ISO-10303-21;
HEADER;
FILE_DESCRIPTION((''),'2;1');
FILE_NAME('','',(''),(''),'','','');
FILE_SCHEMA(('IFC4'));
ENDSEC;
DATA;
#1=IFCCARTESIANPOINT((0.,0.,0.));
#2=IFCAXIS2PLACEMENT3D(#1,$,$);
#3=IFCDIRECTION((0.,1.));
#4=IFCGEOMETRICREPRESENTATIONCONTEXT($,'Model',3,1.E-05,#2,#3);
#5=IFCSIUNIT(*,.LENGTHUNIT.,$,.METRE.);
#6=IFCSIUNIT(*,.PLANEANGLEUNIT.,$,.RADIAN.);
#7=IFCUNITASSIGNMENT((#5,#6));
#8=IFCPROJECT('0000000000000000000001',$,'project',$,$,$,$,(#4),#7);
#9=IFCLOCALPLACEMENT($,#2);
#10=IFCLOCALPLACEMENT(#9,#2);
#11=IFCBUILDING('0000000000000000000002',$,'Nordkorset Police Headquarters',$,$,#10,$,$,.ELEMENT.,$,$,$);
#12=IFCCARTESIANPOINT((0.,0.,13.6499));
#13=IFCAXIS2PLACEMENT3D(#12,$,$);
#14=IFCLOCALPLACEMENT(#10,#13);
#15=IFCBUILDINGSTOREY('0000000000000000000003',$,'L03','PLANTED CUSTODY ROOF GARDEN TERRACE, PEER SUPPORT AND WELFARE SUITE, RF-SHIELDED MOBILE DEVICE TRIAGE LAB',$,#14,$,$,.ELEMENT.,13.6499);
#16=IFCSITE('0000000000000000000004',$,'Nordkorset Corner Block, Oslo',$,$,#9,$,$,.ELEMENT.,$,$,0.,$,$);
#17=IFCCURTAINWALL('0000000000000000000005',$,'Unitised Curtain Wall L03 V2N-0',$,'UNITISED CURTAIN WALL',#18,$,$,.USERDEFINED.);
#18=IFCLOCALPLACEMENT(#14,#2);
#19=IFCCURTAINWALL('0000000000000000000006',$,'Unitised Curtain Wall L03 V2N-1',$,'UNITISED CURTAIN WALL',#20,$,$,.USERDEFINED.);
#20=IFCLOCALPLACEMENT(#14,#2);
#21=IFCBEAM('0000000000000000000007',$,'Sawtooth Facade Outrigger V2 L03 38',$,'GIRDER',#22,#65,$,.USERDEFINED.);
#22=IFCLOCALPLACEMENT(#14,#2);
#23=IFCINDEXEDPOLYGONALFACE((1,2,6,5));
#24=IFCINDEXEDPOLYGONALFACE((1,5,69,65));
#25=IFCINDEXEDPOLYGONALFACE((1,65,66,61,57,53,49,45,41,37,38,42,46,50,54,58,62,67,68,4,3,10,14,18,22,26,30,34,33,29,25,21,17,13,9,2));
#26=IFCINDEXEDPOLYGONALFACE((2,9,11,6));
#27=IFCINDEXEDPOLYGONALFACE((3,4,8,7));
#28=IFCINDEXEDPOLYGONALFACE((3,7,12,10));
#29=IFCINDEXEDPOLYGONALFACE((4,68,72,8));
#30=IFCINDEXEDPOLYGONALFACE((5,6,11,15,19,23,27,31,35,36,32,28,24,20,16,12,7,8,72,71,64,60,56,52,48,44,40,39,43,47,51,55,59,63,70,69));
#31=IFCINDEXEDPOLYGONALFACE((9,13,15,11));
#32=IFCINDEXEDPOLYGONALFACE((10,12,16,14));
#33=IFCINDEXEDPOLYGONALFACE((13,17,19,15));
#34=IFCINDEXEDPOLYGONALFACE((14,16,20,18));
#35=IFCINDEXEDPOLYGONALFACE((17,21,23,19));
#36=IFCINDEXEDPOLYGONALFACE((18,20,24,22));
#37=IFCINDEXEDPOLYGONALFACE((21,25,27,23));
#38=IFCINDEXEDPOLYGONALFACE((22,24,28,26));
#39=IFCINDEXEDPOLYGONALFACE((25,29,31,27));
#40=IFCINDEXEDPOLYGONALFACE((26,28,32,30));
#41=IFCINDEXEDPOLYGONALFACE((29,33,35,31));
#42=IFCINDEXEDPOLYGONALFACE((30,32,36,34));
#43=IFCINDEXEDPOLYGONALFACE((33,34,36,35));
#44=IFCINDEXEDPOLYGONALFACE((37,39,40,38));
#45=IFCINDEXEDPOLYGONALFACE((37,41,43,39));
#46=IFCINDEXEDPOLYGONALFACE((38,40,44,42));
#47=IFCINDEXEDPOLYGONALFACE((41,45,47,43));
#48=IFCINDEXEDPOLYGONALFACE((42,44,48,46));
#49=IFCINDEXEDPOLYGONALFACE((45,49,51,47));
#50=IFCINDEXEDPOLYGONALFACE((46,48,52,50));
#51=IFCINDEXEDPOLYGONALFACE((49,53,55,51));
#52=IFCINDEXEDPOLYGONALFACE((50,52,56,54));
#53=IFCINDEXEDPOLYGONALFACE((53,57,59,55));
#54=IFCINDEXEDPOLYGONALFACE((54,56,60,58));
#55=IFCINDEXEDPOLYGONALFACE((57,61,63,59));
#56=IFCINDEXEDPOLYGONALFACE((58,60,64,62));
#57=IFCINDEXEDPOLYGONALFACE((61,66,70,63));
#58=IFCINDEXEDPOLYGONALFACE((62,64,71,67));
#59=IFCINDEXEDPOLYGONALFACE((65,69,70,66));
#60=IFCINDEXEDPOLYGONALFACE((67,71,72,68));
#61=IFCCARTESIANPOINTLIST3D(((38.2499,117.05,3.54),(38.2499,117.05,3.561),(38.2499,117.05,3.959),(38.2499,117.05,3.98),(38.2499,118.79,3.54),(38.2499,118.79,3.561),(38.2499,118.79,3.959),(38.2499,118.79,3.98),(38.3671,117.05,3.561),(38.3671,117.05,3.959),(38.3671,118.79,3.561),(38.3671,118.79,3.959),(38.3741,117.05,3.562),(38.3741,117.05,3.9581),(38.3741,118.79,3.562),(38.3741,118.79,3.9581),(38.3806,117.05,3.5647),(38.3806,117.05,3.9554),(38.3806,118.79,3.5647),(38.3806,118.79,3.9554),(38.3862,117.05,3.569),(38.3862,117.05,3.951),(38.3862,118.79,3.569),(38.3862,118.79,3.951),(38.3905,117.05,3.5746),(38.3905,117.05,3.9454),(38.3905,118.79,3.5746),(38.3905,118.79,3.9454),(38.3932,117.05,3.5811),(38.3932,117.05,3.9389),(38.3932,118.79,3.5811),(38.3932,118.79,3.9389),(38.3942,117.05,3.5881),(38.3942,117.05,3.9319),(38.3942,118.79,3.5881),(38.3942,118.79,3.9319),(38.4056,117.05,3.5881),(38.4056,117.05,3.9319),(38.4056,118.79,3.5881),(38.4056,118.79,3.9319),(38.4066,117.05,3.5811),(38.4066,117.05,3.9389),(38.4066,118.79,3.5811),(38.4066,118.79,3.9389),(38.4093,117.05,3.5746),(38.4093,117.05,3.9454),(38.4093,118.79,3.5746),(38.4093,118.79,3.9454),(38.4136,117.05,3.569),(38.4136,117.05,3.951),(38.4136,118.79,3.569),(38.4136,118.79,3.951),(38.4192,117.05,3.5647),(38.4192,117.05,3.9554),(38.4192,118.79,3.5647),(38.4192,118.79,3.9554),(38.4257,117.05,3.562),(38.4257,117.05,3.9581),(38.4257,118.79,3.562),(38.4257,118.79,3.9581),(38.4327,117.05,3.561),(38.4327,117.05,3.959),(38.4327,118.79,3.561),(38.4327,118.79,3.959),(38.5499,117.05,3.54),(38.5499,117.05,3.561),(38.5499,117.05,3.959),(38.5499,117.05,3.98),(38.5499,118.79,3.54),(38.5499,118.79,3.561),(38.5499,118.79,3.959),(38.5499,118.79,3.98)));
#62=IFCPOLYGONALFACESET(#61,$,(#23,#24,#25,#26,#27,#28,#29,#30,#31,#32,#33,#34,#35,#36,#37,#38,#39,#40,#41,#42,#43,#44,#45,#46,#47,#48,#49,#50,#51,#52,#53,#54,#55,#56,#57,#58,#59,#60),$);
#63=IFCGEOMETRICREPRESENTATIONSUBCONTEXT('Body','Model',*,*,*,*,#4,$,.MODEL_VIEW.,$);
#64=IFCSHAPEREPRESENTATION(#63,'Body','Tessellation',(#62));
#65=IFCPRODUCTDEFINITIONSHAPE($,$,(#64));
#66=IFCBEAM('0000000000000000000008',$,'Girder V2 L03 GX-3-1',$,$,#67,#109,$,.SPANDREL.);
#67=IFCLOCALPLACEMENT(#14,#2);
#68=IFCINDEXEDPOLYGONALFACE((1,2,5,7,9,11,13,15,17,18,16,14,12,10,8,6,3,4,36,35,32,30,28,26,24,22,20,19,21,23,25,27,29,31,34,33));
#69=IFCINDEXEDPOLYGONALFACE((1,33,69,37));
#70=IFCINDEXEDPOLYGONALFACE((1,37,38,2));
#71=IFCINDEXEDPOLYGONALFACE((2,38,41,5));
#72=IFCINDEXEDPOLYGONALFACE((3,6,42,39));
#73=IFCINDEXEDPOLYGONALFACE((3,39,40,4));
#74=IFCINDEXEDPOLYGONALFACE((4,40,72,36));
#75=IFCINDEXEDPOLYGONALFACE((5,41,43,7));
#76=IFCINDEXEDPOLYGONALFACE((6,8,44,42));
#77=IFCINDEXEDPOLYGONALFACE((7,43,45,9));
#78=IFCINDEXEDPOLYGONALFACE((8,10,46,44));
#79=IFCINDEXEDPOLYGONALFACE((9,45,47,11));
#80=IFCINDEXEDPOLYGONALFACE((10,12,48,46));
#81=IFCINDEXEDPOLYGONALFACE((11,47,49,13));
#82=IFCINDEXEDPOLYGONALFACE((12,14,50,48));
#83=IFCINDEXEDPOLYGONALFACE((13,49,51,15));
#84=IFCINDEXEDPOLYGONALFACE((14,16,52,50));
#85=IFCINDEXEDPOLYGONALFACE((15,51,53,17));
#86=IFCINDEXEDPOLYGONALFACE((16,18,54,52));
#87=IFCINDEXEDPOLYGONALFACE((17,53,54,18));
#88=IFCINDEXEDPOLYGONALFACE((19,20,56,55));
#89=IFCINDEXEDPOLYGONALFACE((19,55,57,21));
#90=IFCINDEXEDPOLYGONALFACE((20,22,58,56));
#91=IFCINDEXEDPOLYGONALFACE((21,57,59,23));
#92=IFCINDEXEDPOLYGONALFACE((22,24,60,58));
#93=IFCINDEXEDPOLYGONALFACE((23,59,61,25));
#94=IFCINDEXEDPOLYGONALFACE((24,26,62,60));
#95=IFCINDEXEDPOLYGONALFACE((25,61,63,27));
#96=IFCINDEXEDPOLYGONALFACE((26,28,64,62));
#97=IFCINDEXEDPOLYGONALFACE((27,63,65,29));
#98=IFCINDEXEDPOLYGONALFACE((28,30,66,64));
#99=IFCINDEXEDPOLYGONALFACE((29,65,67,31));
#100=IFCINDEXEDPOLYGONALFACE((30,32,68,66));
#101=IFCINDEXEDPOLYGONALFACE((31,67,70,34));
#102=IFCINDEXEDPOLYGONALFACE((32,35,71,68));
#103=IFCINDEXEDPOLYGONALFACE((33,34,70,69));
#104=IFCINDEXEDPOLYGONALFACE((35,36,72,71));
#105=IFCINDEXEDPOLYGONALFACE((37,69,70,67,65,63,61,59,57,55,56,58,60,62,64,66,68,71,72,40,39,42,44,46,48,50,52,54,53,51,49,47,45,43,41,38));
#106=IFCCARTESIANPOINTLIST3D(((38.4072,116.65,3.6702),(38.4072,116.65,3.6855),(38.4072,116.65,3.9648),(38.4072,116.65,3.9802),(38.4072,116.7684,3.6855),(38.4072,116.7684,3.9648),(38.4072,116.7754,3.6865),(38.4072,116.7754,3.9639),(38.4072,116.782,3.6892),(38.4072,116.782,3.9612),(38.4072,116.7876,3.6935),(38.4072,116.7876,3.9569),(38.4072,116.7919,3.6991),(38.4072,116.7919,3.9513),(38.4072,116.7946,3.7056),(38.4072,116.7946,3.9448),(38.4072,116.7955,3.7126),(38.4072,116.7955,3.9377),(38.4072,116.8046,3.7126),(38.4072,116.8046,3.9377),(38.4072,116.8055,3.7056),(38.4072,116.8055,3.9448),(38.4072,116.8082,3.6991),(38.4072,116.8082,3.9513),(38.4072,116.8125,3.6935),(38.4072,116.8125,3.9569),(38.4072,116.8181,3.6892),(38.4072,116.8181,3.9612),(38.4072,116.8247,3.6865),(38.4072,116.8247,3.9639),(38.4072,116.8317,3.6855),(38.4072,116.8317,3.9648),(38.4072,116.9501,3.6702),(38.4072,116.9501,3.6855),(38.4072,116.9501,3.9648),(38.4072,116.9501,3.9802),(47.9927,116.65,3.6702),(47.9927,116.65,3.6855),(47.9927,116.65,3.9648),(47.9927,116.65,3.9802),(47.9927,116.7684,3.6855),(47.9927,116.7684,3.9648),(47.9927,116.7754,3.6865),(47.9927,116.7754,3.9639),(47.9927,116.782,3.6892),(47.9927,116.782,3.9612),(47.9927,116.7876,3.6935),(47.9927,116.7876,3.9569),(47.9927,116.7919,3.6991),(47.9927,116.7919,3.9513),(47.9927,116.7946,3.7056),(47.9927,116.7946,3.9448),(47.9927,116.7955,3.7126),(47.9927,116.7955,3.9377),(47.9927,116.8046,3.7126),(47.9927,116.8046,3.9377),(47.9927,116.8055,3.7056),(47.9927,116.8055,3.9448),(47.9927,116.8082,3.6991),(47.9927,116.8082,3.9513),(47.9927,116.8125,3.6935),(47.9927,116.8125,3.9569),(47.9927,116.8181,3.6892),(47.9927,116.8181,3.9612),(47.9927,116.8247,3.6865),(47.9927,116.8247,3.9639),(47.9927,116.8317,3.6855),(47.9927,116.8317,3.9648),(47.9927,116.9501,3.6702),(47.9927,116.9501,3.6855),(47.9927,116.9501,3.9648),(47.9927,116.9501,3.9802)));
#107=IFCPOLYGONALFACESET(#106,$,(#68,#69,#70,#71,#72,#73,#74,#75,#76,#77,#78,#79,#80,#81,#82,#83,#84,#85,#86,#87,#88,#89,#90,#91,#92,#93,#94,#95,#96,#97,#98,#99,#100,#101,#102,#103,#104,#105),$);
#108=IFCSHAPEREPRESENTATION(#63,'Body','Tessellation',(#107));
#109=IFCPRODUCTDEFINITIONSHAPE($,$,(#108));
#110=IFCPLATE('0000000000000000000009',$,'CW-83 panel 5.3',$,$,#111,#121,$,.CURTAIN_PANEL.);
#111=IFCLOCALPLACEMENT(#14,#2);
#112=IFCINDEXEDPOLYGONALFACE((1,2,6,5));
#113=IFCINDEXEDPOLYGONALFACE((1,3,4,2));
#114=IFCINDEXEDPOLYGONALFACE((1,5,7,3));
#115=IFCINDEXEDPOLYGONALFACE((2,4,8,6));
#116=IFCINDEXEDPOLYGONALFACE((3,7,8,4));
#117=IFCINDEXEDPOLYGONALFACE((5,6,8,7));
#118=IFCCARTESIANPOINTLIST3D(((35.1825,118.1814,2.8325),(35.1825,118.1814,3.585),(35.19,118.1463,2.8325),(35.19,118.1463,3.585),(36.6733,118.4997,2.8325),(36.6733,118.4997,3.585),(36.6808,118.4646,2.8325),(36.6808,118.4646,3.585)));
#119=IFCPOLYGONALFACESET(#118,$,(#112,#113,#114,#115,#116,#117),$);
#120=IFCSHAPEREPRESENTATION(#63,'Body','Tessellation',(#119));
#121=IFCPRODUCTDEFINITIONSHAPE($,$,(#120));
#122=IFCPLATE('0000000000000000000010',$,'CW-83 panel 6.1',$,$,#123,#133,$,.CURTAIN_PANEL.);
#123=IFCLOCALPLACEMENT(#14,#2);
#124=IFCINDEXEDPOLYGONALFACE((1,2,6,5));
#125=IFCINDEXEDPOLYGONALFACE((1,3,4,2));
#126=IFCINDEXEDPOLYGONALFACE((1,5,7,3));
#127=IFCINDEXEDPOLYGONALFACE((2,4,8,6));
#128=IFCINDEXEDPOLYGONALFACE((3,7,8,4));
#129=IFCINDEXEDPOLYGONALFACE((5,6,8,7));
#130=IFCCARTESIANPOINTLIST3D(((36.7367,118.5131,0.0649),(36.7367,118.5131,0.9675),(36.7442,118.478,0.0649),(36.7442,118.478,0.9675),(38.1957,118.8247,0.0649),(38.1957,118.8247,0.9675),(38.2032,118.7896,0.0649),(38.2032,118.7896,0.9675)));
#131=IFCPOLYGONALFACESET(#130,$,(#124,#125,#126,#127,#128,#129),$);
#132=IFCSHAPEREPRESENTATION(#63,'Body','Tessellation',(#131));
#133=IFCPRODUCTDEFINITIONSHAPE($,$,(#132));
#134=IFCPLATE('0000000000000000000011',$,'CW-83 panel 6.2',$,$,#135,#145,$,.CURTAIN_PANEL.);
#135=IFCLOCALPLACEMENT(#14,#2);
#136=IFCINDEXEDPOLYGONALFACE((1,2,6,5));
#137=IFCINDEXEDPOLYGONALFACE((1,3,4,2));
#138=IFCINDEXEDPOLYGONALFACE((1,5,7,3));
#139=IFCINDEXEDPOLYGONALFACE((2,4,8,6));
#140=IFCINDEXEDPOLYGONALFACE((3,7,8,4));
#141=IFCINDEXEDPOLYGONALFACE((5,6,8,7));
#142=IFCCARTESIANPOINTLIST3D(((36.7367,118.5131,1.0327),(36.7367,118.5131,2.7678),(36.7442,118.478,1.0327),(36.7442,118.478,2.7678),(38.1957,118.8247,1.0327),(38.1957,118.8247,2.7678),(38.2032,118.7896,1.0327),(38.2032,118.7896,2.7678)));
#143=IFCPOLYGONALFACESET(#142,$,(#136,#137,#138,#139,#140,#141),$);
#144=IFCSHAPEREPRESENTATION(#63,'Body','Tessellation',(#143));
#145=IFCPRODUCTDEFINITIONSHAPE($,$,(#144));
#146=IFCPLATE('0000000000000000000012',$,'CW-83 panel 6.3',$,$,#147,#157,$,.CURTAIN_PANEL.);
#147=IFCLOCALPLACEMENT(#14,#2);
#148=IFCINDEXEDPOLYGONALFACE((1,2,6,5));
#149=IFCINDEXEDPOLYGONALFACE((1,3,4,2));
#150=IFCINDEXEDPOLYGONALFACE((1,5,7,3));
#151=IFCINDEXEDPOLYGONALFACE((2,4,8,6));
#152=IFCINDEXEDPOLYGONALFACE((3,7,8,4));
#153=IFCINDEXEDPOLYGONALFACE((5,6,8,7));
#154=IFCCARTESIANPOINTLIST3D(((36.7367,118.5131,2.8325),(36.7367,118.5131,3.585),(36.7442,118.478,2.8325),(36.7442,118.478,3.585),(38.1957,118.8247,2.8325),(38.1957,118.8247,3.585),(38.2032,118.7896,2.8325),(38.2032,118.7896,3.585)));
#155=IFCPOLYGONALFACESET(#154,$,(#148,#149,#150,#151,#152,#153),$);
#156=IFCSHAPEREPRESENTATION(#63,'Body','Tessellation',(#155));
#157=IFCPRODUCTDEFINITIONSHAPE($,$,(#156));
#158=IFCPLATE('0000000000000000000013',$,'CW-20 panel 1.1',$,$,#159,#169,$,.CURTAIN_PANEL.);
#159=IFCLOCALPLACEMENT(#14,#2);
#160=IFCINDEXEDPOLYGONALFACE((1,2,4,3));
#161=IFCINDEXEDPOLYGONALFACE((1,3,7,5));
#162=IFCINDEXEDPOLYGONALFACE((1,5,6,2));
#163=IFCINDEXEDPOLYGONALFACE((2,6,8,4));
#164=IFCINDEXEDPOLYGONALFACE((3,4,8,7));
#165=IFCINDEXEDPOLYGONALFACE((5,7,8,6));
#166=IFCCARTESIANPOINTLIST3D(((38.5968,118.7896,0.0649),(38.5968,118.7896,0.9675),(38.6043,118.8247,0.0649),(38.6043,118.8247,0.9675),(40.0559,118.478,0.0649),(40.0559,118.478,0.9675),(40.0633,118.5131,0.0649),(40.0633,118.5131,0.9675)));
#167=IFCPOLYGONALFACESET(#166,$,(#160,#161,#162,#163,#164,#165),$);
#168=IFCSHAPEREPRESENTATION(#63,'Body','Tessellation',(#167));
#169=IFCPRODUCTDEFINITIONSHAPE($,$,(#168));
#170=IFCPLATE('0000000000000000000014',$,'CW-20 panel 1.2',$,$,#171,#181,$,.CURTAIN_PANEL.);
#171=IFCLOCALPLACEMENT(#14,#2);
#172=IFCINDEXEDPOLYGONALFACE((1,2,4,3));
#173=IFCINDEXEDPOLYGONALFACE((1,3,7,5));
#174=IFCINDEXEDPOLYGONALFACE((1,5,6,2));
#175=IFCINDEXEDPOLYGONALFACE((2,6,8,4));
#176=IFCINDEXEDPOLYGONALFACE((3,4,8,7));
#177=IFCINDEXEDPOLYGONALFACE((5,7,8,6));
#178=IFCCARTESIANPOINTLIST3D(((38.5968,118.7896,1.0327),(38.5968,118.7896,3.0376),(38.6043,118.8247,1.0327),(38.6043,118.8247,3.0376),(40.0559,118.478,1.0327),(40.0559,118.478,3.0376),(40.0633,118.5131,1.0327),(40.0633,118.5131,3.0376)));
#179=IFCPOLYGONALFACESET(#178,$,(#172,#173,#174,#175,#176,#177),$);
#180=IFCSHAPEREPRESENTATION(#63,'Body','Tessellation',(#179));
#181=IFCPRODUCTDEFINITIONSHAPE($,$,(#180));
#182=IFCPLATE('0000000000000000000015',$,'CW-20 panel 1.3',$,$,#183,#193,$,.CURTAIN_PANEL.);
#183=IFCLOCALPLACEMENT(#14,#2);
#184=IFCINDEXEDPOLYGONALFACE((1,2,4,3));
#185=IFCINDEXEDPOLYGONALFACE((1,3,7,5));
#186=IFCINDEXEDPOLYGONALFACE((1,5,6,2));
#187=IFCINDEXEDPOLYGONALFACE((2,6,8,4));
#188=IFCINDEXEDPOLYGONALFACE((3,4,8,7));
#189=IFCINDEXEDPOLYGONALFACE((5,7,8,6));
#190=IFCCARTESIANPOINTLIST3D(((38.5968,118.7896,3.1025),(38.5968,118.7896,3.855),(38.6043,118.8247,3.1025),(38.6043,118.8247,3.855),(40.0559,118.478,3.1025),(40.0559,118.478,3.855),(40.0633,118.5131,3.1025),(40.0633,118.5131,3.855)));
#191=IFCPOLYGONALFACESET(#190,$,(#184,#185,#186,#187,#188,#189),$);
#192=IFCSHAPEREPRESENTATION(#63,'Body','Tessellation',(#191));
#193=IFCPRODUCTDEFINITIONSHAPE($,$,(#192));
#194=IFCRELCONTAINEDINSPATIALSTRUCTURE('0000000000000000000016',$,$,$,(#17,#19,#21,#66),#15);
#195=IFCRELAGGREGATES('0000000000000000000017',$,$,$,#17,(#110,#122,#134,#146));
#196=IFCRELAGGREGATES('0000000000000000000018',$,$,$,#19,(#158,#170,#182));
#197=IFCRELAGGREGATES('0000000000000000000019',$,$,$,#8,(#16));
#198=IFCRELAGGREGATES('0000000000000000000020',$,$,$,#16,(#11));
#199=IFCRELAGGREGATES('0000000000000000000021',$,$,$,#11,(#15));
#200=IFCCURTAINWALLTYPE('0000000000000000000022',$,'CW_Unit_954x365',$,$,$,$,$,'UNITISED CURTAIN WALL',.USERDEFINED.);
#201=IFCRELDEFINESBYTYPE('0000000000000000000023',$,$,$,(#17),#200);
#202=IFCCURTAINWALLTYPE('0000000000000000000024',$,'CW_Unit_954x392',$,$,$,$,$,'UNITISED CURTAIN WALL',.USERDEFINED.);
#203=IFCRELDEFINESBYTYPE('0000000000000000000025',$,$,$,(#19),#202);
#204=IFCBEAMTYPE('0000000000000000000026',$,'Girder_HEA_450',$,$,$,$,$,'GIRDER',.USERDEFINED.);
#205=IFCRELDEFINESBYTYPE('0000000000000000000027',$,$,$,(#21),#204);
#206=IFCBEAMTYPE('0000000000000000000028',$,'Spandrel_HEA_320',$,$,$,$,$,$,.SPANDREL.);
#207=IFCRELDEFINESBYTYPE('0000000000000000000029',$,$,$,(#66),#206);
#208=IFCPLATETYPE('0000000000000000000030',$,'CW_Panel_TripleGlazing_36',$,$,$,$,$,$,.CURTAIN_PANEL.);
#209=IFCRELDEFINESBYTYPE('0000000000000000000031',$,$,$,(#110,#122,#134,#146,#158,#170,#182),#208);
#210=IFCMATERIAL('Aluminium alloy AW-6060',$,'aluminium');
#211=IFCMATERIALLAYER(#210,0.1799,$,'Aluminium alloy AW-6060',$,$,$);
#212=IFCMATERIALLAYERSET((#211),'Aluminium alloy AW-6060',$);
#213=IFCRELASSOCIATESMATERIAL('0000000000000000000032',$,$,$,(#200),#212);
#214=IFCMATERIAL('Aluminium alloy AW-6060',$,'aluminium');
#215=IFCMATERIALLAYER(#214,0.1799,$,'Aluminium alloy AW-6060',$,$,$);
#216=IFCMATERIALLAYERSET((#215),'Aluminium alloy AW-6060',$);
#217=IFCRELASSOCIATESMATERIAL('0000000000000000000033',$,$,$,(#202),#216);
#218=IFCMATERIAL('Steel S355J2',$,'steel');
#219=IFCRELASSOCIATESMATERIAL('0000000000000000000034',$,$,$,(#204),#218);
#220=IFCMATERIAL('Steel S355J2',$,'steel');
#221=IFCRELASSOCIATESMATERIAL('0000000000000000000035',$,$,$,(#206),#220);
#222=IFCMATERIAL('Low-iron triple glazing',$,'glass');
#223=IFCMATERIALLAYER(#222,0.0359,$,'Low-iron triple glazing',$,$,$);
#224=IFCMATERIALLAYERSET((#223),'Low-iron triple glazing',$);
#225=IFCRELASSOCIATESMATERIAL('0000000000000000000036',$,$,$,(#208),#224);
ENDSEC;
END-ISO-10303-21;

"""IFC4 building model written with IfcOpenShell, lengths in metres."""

from ifc_helpers import new_model, si_unit, direction, frame, origin, origin_2d, place, context, subcontext, project, spatial, rectangle, i_section, extrude, material, layer, layer_set, material_profile, profile_set, type_object, element, aggregate, save


model = new_model("IFC4")

# Units and contexts
model_context = context("Model", 3, precision=1e-05, world=origin(), true_north=direction((0.0, 1.0)))
body_context = subcontext(model_context, "Body", "Model", "MODEL_VIEW")
ifc_project = project(units=[si_unit("LENGTHUNIT", "METRE"), si_unit("PLANEANGLEUNIT", "RADIAN")], contexts=[model_context])

# Site, building, storey
site_placement = place(None, origin())
site = spatial("IfcSite", under=ifc_project, at=site_placement, Name="Nordkorset Corner Block, Oslo", CompositionType="ELEMENT", RefElevation=0.0)
building_placement = place(site_placement, origin())
building = spatial("IfcBuilding", under=site, at=building_placement, Name="Nordkorset Police Headquarters", CompositionType="ELEMENT")
storey_placement = place(building_placement, frame((0.0, 0.0, 13.6499)))
storey = spatial("IfcBuildingStorey", under=building, at=storey_placement, Name="L03", Description="PLANTED CUSTODY ROOF GARDEN TERRACE, PEER SUPPORT AND WELFARE SUITE, RF-SHIELDED MOBILE DEVICE TRIAGE LAB", CompositionType="ELEMENT", Elevation=13.6499)

# Curtain walls
ifc_material_1 = material(Name="Aluminium alloy AW-6060", Category="aluminium")
ifc_layer_1 = layer(ifc_material_1, 0.1799, Name="Aluminium alloy AW-6060")
ifc_layer_set_1 = layer_set([ifc_layer_1], Name="Aluminium alloy AW-6060")
curtain_wall_type_1 = type_object("IfcCurtainWallType", Name="CW_Unit_954x365", ElementType="UNITISED CURTAIN WALL", PredefinedType="USERDEFINED", material=ifc_layer_set_1)
curtain_wall_1_placement = place(storey_placement, origin())
curtain_wall_1 = element("IfcCurtainWall", 1, at=curtain_wall_1_placement, inside=storey, type_object=curtain_wall_type_1, Name="Unitised Curtain Wall L03 V2N-0", ObjectType="UNITISED CURTAIN WALL", PredefinedType="USERDEFINED")
ifc_material_2 = material(Name="Aluminium alloy AW-6060", Category="aluminium")
ifc_layer_2 = layer(ifc_material_2, 0.1799, Name="Aluminium alloy AW-6060")
ifc_layer_set_2 = layer_set([ifc_layer_2], Name="Aluminium alloy AW-6060")
curtain_wall_type_2 = type_object("IfcCurtainWallType", Name="CW_Unit_954x392", ElementType="UNITISED CURTAIN WALL", PredefinedType="USERDEFINED", material=ifc_layer_set_2)
curtain_wall_2_placement = place(storey_placement, origin())
curtain_wall_2 = element("IfcCurtainWall", 2, at=curtain_wall_2_placement, inside=storey, type_object=curtain_wall_type_2, Name="Unitised Curtain Wall L03 V2N-1", ObjectType="UNITISED CURTAIN WALL", PredefinedType="USERDEFINED")

# Beams
ifc_material_3 = material(Name="Steel S355J2", Category="steel")
ifc_material_profile_1 = material_profile(ifc_material_3, i_section(OverallWidth=0.3, OverallDepth=0.4399, WebThickness=0.0115, FlangeThickness=0.021, FilletRadius=0.0271, at=origin_2d()), Name="HEA 450")
ifc_profile_set_1 = profile_set([ifc_material_profile_1], Name="Steel S355J2")
beam_type_1 = type_object("IfcBeamType", Name="Girder_HEA_450", ElementType="GIRDER", PredefinedType="USERDEFINED", material=ifc_profile_set_1)
beam_1_placement = place(storey_placement, frame((38.3999, 117.05, 3.76), z_axis=(0.0, 1.0, 0.0), x_axis=(-1.0, 0.0, 0.0)))
element("IfcBeam", 3, at=beam_1_placement, inside=storey, type_object=beam_type_1, Name="Sawtooth Facade Outrigger V2 L03 38", ObjectType="GIRDER", PredefinedType="USERDEFINED", context=body_context, shape_type="SweptSolid", body=[
    extrude(i_section(OverallWidth=0.3, OverallDepth=0.4399, WebThickness=0.0115, FlangeThickness=0.021, FilletRadius=0.0271, at=origin_2d()), origin(), (0.0, 0.0, 1.0), 1.74),
])
ifc_material_4 = material(Name="Steel S355J2", Category="steel")
ifc_material_profile_2 = material_profile(ifc_material_4, i_section(OverallWidth=0.3, OverallDepth=0.3101, WebThickness=0.009, FlangeThickness=0.0154, FilletRadius=0.0271, at=origin_2d()), Name="HEA 320")
ifc_profile_set_2 = profile_set([ifc_material_profile_2], Name="Steel S355J2")
beam_type_2 = type_object("IfcBeamType", Name="Spandrel_HEA_320", PredefinedType="SPANDREL", material=ifc_profile_set_2)
beam_2_placement = place(storey_placement, frame((38.4072, 116.8, 3.8252), z_axis=(1.0, 0.0, 0.0), x_axis=(0.0, 1.0, 0.0)))
element("IfcBeam", 4, at=beam_2_placement, inside=storey, type_object=beam_type_2, Name="Girder V2 L03 GX-3-1", PredefinedType="SPANDREL", context=body_context, shape_type="SweptSolid", body=[
    extrude(i_section(OverallWidth=0.3, OverallDepth=0.3101, WebThickness=0.009, FlangeThickness=0.0154, FilletRadius=0.0271, at=origin_2d()), origin(), (0.0, 0.0, 1.0), 9.5854),
])

# Plates
ifc_material_5 = material(Name="Low-iron triple glazing", Category="glass")
ifc_layer_3 = layer(ifc_material_5, 0.0359, Name="Low-iron triple glazing")
ifc_layer_set_3 = layer_set([ifc_layer_3], Name="Low-iron triple glazing")
plate_type = type_object("IfcPlateType", Name="CW_Panel_TripleGlazing_36", PredefinedType="CURTAIN_PANEL", material=ifc_layer_set_3)
plate_1_placement = place(storey_placement, frame((35.9316, 118.323, 2.8325), z_axis=(0.0, 0.0, 1.0), x_axis=(0.977951, 0.208833, 0.0)))
plate_1 = element("IfcPlate", 5, at=plate_1_placement, type_object=plate_type, Name="CW-83 panel 5.3", PredefinedType="CURTAIN_PANEL", context=body_context, shape_type="SweptSolid", body=[
    extrude(rectangle(XDim=1.5244, YDim=0.0359, at=origin_2d()), origin(), (0.0, 0.0, 1.0), 0.7524),
])
plate_2_placement = place(storey_placement, frame((37.47, 118.6514, 0.0649), z_axis=(0.0, 0.0, 1.0), x_axis=(0.977951, 0.208833, 0.0)))
plate_2 = element("IfcPlate", 6, at=plate_2_placement, type_object=plate_type, Name="CW-83 panel 6.1", PredefinedType="CURTAIN_PANEL", context=body_context, shape_type="SweptSolid", body=[
    extrude(rectangle(XDim=1.4919, YDim=0.0359, at=origin_2d()), origin(), (0.0, 0.0, 1.0), 0.9026),
])
plate_3_placement = place(storey_placement, frame((37.47, 118.6514, 1.0327), z_axis=(0.0, 0.0, 1.0), x_axis=(0.977951, 0.208833, 0.0)))
plate_3 = element("IfcPlate", 7, at=plate_3_placement, type_object=plate_type, Name="CW-83 panel 6.2", PredefinedType="CURTAIN_PANEL", context=body_context, shape_type="SweptSolid", body=[
    extrude(rectangle(XDim=1.4919, YDim=0.0359, at=origin_2d()), origin(), (0.0, 0.0, 1.0), 1.7351),
])
plate_4_placement = place(storey_placement, frame((37.47, 118.6514, 2.8325), z_axis=(0.0, 0.0, 1.0), x_axis=(0.977951, 0.208833, 0.0)))
plate_4 = element("IfcPlate", 8, at=plate_4_placement, type_object=plate_type, Name="CW-83 panel 6.3", PredefinedType="CURTAIN_PANEL", context=body_context, shape_type="SweptSolid", body=[
    extrude(rectangle(XDim=1.4919, YDim=0.0359, at=origin_2d()), origin(), (0.0, 0.0, 1.0), 0.7524),
])
aggregate(curtain_wall_1, [plate_1, plate_2, plate_3, plate_4])
plate_5_placement = place(storey_placement, frame((39.3301, 118.6514, 0.0649), z_axis=(0.0, 0.0, 1.0), x_axis=(0.977951, -0.208833, 0.0)))
plate_5 = element("IfcPlate", 9, at=plate_5_placement, type_object=plate_type, Name="CW-20 panel 1.1", PredefinedType="CURTAIN_PANEL", context=body_context, shape_type="SweptSolid", body=[
    extrude(rectangle(XDim=1.4919, YDim=0.0359, at=origin_2d()), origin(), (0.0, 0.0, 1.0), 0.9026),
])
plate_6_placement = place(storey_placement, frame((39.3301, 118.6514, 1.0327), z_axis=(0.0, 0.0, 1.0), x_axis=(0.977951, -0.208833, 0.0)))
plate_6 = element("IfcPlate", 10, at=plate_6_placement, type_object=plate_type, Name="CW-20 panel 1.2", PredefinedType="CURTAIN_PANEL", context=body_context, shape_type="SweptSolid", body=[
    extrude(rectangle(XDim=1.4919, YDim=0.0359, at=origin_2d()), origin(), (0.0, 0.0, 1.0), 2.0049),
])
plate_7_placement = place(storey_placement, frame((39.3301, 118.6514, 3.1025), z_axis=(0.0, 0.0, 1.0), x_axis=(0.977951, -0.208833, 0.0)))
plate_7 = element("IfcPlate", 11, at=plate_7_placement, type_object=plate_type, Name="CW-20 panel 1.3", PredefinedType="CURTAIN_PANEL", context=body_context, shape_type="SweptSolid", body=[
    extrude(rectangle(XDim=1.4919, YDim=0.0359, at=origin_2d()), origin(), (0.0, 0.0, 1.0), 0.7524),
])
aggregate(curtain_wall_2, [plate_5, plate_6, plate_7])

save(model, "model.ifc")
